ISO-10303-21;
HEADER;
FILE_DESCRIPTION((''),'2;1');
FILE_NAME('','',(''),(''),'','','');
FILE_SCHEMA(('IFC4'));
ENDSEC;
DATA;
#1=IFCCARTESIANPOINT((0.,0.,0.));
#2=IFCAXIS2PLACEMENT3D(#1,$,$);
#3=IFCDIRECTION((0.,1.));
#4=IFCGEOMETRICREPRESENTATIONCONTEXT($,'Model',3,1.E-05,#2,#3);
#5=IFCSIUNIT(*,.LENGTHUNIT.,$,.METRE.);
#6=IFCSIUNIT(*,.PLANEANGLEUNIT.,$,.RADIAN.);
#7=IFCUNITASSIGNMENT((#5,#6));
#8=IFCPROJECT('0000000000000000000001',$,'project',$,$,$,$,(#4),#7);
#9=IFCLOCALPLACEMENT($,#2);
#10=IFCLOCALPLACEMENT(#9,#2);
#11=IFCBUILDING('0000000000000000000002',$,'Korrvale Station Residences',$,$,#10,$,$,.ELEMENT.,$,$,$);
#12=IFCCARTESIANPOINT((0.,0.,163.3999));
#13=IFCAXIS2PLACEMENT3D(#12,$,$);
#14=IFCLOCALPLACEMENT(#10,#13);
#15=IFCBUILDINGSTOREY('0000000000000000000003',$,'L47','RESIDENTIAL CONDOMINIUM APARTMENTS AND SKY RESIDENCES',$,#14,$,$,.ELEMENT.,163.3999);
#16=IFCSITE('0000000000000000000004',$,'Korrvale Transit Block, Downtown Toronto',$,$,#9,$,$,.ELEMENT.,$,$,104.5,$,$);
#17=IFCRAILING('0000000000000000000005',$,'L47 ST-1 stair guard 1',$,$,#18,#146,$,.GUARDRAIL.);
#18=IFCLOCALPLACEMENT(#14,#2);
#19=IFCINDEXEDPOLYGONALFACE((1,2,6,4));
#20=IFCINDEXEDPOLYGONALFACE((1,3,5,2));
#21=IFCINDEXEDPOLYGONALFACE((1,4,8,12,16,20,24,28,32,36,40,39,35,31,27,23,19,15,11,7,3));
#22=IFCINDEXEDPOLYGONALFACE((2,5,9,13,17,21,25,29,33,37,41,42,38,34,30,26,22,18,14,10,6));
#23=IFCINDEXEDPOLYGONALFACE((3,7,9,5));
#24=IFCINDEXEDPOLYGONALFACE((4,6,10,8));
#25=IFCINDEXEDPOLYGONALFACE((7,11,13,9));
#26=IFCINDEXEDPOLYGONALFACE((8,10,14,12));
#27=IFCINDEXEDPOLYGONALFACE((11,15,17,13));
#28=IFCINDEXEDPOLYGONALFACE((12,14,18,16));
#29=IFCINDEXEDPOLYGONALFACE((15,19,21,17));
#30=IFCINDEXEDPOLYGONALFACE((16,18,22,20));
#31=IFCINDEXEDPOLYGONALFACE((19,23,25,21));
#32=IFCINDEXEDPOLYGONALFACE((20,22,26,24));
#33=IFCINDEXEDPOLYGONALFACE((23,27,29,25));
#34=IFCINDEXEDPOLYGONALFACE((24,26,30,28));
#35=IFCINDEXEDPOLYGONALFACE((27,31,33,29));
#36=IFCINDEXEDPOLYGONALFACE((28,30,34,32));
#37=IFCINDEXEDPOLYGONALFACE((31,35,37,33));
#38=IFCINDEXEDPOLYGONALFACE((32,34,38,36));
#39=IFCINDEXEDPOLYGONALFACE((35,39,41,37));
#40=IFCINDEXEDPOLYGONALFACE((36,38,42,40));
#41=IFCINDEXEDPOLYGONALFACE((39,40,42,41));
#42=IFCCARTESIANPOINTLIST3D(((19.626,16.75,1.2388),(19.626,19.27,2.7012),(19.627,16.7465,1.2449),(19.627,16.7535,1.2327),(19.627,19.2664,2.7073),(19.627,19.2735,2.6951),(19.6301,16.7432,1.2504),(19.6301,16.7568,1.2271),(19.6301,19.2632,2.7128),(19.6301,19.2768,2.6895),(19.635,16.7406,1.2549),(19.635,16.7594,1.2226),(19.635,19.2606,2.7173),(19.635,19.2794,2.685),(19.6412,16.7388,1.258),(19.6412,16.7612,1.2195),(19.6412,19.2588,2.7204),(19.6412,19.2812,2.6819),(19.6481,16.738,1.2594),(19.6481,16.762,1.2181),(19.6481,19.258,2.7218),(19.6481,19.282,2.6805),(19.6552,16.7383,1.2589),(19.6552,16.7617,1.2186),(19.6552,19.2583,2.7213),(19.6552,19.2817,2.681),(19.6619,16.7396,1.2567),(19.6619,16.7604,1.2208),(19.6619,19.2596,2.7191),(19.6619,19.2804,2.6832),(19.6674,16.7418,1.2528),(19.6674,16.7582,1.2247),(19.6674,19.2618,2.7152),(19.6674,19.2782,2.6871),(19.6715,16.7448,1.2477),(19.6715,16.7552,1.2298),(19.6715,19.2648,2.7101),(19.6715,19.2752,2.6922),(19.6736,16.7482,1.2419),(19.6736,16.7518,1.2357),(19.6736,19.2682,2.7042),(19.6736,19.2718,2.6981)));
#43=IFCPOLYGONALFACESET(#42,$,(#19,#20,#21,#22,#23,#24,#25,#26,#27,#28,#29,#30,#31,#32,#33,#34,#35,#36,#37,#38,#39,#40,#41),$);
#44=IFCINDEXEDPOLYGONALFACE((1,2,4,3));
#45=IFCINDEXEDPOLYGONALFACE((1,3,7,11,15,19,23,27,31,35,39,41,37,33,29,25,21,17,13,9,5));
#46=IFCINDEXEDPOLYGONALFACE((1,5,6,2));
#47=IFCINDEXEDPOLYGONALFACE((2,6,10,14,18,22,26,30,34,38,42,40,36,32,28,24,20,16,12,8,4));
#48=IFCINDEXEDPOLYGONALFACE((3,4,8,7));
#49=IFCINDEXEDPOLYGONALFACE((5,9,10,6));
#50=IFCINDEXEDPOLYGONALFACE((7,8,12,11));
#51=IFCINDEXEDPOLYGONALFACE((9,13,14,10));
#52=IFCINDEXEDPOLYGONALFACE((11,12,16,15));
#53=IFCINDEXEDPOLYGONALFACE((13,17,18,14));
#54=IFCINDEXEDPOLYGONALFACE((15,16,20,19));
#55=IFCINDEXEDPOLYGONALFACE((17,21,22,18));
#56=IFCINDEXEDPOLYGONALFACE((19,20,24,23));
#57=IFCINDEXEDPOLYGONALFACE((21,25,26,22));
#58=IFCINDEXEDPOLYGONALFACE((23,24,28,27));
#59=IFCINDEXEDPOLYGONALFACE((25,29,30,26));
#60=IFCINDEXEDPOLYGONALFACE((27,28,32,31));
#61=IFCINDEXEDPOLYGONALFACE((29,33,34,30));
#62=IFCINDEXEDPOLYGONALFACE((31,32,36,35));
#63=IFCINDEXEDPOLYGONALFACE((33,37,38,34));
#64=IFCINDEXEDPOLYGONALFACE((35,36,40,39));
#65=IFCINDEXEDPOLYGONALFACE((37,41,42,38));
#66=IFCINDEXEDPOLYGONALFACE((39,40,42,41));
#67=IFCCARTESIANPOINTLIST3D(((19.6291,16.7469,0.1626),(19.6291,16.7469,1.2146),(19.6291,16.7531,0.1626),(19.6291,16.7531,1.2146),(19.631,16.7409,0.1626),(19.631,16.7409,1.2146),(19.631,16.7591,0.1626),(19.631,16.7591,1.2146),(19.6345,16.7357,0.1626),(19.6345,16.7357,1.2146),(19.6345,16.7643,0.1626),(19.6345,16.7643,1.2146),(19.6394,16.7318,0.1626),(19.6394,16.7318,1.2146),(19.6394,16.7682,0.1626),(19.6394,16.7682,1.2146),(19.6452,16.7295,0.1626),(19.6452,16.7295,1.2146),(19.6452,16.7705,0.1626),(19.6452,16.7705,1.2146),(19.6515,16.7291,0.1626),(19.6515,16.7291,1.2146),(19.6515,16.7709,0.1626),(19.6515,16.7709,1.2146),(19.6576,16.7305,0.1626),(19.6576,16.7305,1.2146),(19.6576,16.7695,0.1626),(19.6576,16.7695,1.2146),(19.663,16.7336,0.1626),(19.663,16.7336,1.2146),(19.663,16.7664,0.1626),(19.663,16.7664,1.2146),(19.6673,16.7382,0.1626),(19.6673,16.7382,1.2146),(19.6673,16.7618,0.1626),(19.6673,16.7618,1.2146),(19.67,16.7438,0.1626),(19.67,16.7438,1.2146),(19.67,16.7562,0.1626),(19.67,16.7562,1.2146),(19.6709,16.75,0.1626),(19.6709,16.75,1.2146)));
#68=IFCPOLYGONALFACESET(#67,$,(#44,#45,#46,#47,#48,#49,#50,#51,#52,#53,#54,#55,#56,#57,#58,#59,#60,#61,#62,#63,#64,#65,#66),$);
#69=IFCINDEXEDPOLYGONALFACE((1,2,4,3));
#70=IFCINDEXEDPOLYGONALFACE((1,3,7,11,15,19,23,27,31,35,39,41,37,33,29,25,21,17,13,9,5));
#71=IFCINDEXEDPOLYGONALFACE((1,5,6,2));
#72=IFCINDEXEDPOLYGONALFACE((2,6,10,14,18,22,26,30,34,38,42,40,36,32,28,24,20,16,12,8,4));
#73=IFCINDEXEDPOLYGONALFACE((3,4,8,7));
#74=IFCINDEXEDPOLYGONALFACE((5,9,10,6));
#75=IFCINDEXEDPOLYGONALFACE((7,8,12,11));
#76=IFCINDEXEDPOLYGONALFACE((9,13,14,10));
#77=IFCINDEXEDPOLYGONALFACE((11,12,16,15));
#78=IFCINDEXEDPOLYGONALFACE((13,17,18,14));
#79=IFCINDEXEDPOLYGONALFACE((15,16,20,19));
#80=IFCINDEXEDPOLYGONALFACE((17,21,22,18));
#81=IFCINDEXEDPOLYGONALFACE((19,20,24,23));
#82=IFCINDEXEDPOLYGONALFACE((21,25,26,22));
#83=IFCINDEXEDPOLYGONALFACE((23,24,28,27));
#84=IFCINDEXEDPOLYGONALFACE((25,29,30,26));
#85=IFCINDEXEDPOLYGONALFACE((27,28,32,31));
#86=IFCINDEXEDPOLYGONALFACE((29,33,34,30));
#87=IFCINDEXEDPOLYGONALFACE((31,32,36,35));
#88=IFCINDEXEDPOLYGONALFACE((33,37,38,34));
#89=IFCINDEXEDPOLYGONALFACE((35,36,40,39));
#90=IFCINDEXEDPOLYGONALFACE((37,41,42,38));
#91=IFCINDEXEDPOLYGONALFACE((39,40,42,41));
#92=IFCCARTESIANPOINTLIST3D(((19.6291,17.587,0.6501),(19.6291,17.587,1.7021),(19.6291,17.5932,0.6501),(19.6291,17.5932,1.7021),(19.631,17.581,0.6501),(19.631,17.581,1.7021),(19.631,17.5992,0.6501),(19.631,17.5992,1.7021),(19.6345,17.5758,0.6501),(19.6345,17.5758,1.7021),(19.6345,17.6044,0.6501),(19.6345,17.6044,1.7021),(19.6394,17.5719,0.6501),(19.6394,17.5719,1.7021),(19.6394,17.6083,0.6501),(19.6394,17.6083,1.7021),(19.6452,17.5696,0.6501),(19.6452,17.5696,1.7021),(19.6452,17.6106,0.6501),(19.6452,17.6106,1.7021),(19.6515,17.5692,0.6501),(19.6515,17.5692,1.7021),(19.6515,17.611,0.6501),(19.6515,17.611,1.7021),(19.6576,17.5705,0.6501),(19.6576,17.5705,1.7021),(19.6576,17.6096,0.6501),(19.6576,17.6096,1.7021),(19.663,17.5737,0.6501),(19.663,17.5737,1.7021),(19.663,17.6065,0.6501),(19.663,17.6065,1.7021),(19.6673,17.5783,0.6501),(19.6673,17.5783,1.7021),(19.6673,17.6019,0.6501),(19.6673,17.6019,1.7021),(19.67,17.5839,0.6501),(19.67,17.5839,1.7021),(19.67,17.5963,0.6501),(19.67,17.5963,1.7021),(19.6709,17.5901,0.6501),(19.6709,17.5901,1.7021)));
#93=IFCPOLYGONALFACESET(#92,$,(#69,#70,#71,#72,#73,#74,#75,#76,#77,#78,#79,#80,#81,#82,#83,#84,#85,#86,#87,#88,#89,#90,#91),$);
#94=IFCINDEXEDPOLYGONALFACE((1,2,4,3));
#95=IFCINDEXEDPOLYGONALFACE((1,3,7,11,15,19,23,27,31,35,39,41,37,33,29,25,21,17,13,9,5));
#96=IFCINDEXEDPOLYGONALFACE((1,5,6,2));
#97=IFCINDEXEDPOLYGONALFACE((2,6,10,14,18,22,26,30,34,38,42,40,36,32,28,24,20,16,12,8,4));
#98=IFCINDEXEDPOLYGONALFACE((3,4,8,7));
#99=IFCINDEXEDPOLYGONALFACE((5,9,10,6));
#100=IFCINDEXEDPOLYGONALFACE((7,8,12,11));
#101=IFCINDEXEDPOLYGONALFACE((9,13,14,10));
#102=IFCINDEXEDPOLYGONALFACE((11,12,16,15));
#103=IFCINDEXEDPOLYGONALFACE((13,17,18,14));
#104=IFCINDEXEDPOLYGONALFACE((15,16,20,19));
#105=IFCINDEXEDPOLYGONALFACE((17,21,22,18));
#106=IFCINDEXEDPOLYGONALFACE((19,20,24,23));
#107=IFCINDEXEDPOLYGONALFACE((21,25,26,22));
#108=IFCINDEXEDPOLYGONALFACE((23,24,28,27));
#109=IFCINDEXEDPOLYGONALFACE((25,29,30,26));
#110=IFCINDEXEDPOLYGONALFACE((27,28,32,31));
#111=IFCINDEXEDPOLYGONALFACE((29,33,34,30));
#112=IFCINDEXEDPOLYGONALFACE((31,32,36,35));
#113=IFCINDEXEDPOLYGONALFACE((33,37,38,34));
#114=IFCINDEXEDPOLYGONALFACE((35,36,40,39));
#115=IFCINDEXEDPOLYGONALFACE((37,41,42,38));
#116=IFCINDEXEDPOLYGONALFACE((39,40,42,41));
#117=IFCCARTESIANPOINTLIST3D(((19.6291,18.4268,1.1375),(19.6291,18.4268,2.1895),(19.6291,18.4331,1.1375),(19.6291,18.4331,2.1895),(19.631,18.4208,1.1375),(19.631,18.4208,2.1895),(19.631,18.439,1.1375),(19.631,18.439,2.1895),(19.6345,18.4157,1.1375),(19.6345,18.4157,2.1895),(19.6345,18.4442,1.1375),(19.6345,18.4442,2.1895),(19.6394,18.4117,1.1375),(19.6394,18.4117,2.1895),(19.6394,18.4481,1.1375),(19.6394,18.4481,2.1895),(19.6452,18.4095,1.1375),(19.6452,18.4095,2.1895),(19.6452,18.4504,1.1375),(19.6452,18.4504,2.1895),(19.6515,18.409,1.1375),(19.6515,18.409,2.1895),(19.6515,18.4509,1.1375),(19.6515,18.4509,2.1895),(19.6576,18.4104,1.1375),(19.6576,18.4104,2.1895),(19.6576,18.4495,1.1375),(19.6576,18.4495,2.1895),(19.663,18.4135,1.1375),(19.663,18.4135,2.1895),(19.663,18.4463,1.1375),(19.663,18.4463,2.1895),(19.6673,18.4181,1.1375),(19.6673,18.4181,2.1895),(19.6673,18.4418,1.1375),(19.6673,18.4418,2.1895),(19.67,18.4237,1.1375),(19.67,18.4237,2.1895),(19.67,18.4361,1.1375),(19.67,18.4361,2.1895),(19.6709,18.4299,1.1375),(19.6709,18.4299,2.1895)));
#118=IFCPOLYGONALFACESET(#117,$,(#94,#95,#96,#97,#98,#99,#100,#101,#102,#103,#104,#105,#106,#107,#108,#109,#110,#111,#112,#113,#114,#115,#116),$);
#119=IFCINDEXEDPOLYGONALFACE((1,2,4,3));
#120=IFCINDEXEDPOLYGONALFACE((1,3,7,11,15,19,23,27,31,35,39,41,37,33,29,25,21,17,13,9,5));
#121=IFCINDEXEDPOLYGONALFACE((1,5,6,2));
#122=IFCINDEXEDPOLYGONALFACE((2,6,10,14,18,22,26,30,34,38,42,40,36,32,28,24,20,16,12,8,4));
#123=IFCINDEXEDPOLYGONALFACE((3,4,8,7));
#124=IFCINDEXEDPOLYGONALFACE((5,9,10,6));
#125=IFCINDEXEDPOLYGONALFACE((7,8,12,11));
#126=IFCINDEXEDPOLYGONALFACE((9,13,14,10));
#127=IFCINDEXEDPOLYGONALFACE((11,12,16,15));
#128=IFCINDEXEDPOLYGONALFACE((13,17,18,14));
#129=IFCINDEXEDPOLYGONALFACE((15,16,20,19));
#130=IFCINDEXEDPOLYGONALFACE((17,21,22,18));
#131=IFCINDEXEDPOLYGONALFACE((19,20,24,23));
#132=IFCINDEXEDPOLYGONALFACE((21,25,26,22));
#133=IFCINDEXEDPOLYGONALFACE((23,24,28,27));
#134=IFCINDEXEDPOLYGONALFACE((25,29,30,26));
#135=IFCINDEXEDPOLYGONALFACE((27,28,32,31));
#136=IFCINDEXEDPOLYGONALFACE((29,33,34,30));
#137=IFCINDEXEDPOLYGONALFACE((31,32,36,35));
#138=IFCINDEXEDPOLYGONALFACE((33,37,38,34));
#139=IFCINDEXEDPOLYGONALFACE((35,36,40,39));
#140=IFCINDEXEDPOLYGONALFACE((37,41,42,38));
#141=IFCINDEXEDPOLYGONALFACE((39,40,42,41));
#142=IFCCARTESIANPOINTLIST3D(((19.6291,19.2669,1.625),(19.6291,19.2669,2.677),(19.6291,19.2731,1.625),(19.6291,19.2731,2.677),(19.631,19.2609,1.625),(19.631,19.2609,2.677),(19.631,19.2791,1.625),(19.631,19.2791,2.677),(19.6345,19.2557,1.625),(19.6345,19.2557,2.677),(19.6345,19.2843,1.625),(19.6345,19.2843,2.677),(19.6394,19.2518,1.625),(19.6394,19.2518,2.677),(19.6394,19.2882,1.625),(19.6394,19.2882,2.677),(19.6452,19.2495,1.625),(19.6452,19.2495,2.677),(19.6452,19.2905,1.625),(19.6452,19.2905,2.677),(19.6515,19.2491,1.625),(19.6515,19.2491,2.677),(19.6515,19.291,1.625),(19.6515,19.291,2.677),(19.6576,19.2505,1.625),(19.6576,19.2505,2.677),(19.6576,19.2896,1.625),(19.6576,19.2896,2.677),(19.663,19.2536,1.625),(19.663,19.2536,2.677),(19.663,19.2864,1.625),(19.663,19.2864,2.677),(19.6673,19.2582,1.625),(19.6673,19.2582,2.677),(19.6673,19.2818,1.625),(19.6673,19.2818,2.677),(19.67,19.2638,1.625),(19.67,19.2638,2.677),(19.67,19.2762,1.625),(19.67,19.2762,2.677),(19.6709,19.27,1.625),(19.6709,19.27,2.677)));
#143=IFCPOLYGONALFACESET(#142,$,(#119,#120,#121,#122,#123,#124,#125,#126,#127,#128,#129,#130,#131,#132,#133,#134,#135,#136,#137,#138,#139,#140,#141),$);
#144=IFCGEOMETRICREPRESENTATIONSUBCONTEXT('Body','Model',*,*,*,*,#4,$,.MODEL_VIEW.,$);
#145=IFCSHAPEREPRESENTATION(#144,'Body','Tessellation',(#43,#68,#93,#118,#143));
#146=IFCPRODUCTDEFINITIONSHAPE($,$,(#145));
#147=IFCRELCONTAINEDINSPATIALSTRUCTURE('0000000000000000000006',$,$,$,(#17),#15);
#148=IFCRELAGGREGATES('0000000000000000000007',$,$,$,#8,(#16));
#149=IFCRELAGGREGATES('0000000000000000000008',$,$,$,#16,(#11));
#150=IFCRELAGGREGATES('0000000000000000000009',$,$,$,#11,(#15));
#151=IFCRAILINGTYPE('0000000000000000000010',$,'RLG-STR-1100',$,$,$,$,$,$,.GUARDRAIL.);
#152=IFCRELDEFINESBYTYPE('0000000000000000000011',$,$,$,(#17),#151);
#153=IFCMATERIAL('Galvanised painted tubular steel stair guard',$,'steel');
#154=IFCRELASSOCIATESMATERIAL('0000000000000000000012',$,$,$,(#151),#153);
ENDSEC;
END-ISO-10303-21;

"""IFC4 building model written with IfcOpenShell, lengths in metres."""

from ifc_helpers import new_model, si_unit, direction, frame, origin, origin_2d, place, context, subcontext, project, spatial, circle, extrude, material, type_object, element, save


model = new_model("IFC4")

# Units and contexts
model_context = context("Model", 3, precision=1e-05, world=origin(), true_north=direction((0.0, 1.0)))
body_context = subcontext(model_context, "Body", "Model", "MODEL_VIEW")
ifc_project = project(units=[si_unit("LENGTHUNIT", "METRE"), si_unit("PLANEANGLEUNIT", "RADIAN")], contexts=[model_context])

# Site, building, storey
site_placement = place(None, origin())
site = spatial("IfcSite", under=ifc_project, at=site_placement, Name="Korrvale Transit Block, Downtown Toronto", CompositionType="ELEMENT", RefElevation=104.5)
building_placement = place(site_placement, origin())
building = spatial("IfcBuilding", under=site, at=building_placement, Name="Korrvale Station Residences", CompositionType="ELEMENT")
storey_placement = place(building_placement, frame((0.0, 0.0, 163.3999)))
storey = spatial("IfcBuildingStorey", under=building, at=storey_placement, Name="L47", Description="RESIDENTIAL CONDOMINIUM APARTMENTS AND SKY RESIDENCES", CompositionType="ELEMENT", Elevation=163.3999)

# Railing
ifc_material_1 = material(Name="Galvanised painted tubular steel stair guard", Category="steel")
railing_type_1 = type_object("IfcRailingType", Name="RLG-STR-1100", PredefinedType="GUARDRAIL", material=ifc_material_1)
railing_1_placement = place(storey_placement, frame((19.6499, 16.75, 0.1626)))
element("IfcRailing", 1, at=railing_1_placement, inside=storey, type_object=railing_type_1, Name="L47 ST-1 stair guard 1", PredefinedType="GUARDRAIL", context=body_context, shape_type="SweptSolid", body=[
    extrude(circle(Radius=0.0239, at=origin_2d()), frame((0.0, 0.0, 1.0762), z_axis=(0.0, 0.864913, 0.501921), x_axis=(-1.0, 0.0, 0.0)), (0.0, 0.0, 1.0), 2.9136),
    extrude(circle(Radius=0.021, at=origin_2d()), origin(), (0.0, 0.0, 1.0), 1.052),
    extrude(circle(Radius=0.021, at=origin_2d()), frame((0.0, 0.8401, 0.4875)), (0.0, 0.0, 1.0), 1.052),
    extrude(circle(Radius=0.021, at=origin_2d()), frame((0.0, 1.6799, 0.9749)), (0.0, 0.0, 1.0), 1.052),
    extrude(circle(Radius=0.021, at=origin_2d()), frame((0.0, 2.52, 1.4624)), (0.0, 0.0, 1.0), 1.052),
])

save(model, "model.ifc")
